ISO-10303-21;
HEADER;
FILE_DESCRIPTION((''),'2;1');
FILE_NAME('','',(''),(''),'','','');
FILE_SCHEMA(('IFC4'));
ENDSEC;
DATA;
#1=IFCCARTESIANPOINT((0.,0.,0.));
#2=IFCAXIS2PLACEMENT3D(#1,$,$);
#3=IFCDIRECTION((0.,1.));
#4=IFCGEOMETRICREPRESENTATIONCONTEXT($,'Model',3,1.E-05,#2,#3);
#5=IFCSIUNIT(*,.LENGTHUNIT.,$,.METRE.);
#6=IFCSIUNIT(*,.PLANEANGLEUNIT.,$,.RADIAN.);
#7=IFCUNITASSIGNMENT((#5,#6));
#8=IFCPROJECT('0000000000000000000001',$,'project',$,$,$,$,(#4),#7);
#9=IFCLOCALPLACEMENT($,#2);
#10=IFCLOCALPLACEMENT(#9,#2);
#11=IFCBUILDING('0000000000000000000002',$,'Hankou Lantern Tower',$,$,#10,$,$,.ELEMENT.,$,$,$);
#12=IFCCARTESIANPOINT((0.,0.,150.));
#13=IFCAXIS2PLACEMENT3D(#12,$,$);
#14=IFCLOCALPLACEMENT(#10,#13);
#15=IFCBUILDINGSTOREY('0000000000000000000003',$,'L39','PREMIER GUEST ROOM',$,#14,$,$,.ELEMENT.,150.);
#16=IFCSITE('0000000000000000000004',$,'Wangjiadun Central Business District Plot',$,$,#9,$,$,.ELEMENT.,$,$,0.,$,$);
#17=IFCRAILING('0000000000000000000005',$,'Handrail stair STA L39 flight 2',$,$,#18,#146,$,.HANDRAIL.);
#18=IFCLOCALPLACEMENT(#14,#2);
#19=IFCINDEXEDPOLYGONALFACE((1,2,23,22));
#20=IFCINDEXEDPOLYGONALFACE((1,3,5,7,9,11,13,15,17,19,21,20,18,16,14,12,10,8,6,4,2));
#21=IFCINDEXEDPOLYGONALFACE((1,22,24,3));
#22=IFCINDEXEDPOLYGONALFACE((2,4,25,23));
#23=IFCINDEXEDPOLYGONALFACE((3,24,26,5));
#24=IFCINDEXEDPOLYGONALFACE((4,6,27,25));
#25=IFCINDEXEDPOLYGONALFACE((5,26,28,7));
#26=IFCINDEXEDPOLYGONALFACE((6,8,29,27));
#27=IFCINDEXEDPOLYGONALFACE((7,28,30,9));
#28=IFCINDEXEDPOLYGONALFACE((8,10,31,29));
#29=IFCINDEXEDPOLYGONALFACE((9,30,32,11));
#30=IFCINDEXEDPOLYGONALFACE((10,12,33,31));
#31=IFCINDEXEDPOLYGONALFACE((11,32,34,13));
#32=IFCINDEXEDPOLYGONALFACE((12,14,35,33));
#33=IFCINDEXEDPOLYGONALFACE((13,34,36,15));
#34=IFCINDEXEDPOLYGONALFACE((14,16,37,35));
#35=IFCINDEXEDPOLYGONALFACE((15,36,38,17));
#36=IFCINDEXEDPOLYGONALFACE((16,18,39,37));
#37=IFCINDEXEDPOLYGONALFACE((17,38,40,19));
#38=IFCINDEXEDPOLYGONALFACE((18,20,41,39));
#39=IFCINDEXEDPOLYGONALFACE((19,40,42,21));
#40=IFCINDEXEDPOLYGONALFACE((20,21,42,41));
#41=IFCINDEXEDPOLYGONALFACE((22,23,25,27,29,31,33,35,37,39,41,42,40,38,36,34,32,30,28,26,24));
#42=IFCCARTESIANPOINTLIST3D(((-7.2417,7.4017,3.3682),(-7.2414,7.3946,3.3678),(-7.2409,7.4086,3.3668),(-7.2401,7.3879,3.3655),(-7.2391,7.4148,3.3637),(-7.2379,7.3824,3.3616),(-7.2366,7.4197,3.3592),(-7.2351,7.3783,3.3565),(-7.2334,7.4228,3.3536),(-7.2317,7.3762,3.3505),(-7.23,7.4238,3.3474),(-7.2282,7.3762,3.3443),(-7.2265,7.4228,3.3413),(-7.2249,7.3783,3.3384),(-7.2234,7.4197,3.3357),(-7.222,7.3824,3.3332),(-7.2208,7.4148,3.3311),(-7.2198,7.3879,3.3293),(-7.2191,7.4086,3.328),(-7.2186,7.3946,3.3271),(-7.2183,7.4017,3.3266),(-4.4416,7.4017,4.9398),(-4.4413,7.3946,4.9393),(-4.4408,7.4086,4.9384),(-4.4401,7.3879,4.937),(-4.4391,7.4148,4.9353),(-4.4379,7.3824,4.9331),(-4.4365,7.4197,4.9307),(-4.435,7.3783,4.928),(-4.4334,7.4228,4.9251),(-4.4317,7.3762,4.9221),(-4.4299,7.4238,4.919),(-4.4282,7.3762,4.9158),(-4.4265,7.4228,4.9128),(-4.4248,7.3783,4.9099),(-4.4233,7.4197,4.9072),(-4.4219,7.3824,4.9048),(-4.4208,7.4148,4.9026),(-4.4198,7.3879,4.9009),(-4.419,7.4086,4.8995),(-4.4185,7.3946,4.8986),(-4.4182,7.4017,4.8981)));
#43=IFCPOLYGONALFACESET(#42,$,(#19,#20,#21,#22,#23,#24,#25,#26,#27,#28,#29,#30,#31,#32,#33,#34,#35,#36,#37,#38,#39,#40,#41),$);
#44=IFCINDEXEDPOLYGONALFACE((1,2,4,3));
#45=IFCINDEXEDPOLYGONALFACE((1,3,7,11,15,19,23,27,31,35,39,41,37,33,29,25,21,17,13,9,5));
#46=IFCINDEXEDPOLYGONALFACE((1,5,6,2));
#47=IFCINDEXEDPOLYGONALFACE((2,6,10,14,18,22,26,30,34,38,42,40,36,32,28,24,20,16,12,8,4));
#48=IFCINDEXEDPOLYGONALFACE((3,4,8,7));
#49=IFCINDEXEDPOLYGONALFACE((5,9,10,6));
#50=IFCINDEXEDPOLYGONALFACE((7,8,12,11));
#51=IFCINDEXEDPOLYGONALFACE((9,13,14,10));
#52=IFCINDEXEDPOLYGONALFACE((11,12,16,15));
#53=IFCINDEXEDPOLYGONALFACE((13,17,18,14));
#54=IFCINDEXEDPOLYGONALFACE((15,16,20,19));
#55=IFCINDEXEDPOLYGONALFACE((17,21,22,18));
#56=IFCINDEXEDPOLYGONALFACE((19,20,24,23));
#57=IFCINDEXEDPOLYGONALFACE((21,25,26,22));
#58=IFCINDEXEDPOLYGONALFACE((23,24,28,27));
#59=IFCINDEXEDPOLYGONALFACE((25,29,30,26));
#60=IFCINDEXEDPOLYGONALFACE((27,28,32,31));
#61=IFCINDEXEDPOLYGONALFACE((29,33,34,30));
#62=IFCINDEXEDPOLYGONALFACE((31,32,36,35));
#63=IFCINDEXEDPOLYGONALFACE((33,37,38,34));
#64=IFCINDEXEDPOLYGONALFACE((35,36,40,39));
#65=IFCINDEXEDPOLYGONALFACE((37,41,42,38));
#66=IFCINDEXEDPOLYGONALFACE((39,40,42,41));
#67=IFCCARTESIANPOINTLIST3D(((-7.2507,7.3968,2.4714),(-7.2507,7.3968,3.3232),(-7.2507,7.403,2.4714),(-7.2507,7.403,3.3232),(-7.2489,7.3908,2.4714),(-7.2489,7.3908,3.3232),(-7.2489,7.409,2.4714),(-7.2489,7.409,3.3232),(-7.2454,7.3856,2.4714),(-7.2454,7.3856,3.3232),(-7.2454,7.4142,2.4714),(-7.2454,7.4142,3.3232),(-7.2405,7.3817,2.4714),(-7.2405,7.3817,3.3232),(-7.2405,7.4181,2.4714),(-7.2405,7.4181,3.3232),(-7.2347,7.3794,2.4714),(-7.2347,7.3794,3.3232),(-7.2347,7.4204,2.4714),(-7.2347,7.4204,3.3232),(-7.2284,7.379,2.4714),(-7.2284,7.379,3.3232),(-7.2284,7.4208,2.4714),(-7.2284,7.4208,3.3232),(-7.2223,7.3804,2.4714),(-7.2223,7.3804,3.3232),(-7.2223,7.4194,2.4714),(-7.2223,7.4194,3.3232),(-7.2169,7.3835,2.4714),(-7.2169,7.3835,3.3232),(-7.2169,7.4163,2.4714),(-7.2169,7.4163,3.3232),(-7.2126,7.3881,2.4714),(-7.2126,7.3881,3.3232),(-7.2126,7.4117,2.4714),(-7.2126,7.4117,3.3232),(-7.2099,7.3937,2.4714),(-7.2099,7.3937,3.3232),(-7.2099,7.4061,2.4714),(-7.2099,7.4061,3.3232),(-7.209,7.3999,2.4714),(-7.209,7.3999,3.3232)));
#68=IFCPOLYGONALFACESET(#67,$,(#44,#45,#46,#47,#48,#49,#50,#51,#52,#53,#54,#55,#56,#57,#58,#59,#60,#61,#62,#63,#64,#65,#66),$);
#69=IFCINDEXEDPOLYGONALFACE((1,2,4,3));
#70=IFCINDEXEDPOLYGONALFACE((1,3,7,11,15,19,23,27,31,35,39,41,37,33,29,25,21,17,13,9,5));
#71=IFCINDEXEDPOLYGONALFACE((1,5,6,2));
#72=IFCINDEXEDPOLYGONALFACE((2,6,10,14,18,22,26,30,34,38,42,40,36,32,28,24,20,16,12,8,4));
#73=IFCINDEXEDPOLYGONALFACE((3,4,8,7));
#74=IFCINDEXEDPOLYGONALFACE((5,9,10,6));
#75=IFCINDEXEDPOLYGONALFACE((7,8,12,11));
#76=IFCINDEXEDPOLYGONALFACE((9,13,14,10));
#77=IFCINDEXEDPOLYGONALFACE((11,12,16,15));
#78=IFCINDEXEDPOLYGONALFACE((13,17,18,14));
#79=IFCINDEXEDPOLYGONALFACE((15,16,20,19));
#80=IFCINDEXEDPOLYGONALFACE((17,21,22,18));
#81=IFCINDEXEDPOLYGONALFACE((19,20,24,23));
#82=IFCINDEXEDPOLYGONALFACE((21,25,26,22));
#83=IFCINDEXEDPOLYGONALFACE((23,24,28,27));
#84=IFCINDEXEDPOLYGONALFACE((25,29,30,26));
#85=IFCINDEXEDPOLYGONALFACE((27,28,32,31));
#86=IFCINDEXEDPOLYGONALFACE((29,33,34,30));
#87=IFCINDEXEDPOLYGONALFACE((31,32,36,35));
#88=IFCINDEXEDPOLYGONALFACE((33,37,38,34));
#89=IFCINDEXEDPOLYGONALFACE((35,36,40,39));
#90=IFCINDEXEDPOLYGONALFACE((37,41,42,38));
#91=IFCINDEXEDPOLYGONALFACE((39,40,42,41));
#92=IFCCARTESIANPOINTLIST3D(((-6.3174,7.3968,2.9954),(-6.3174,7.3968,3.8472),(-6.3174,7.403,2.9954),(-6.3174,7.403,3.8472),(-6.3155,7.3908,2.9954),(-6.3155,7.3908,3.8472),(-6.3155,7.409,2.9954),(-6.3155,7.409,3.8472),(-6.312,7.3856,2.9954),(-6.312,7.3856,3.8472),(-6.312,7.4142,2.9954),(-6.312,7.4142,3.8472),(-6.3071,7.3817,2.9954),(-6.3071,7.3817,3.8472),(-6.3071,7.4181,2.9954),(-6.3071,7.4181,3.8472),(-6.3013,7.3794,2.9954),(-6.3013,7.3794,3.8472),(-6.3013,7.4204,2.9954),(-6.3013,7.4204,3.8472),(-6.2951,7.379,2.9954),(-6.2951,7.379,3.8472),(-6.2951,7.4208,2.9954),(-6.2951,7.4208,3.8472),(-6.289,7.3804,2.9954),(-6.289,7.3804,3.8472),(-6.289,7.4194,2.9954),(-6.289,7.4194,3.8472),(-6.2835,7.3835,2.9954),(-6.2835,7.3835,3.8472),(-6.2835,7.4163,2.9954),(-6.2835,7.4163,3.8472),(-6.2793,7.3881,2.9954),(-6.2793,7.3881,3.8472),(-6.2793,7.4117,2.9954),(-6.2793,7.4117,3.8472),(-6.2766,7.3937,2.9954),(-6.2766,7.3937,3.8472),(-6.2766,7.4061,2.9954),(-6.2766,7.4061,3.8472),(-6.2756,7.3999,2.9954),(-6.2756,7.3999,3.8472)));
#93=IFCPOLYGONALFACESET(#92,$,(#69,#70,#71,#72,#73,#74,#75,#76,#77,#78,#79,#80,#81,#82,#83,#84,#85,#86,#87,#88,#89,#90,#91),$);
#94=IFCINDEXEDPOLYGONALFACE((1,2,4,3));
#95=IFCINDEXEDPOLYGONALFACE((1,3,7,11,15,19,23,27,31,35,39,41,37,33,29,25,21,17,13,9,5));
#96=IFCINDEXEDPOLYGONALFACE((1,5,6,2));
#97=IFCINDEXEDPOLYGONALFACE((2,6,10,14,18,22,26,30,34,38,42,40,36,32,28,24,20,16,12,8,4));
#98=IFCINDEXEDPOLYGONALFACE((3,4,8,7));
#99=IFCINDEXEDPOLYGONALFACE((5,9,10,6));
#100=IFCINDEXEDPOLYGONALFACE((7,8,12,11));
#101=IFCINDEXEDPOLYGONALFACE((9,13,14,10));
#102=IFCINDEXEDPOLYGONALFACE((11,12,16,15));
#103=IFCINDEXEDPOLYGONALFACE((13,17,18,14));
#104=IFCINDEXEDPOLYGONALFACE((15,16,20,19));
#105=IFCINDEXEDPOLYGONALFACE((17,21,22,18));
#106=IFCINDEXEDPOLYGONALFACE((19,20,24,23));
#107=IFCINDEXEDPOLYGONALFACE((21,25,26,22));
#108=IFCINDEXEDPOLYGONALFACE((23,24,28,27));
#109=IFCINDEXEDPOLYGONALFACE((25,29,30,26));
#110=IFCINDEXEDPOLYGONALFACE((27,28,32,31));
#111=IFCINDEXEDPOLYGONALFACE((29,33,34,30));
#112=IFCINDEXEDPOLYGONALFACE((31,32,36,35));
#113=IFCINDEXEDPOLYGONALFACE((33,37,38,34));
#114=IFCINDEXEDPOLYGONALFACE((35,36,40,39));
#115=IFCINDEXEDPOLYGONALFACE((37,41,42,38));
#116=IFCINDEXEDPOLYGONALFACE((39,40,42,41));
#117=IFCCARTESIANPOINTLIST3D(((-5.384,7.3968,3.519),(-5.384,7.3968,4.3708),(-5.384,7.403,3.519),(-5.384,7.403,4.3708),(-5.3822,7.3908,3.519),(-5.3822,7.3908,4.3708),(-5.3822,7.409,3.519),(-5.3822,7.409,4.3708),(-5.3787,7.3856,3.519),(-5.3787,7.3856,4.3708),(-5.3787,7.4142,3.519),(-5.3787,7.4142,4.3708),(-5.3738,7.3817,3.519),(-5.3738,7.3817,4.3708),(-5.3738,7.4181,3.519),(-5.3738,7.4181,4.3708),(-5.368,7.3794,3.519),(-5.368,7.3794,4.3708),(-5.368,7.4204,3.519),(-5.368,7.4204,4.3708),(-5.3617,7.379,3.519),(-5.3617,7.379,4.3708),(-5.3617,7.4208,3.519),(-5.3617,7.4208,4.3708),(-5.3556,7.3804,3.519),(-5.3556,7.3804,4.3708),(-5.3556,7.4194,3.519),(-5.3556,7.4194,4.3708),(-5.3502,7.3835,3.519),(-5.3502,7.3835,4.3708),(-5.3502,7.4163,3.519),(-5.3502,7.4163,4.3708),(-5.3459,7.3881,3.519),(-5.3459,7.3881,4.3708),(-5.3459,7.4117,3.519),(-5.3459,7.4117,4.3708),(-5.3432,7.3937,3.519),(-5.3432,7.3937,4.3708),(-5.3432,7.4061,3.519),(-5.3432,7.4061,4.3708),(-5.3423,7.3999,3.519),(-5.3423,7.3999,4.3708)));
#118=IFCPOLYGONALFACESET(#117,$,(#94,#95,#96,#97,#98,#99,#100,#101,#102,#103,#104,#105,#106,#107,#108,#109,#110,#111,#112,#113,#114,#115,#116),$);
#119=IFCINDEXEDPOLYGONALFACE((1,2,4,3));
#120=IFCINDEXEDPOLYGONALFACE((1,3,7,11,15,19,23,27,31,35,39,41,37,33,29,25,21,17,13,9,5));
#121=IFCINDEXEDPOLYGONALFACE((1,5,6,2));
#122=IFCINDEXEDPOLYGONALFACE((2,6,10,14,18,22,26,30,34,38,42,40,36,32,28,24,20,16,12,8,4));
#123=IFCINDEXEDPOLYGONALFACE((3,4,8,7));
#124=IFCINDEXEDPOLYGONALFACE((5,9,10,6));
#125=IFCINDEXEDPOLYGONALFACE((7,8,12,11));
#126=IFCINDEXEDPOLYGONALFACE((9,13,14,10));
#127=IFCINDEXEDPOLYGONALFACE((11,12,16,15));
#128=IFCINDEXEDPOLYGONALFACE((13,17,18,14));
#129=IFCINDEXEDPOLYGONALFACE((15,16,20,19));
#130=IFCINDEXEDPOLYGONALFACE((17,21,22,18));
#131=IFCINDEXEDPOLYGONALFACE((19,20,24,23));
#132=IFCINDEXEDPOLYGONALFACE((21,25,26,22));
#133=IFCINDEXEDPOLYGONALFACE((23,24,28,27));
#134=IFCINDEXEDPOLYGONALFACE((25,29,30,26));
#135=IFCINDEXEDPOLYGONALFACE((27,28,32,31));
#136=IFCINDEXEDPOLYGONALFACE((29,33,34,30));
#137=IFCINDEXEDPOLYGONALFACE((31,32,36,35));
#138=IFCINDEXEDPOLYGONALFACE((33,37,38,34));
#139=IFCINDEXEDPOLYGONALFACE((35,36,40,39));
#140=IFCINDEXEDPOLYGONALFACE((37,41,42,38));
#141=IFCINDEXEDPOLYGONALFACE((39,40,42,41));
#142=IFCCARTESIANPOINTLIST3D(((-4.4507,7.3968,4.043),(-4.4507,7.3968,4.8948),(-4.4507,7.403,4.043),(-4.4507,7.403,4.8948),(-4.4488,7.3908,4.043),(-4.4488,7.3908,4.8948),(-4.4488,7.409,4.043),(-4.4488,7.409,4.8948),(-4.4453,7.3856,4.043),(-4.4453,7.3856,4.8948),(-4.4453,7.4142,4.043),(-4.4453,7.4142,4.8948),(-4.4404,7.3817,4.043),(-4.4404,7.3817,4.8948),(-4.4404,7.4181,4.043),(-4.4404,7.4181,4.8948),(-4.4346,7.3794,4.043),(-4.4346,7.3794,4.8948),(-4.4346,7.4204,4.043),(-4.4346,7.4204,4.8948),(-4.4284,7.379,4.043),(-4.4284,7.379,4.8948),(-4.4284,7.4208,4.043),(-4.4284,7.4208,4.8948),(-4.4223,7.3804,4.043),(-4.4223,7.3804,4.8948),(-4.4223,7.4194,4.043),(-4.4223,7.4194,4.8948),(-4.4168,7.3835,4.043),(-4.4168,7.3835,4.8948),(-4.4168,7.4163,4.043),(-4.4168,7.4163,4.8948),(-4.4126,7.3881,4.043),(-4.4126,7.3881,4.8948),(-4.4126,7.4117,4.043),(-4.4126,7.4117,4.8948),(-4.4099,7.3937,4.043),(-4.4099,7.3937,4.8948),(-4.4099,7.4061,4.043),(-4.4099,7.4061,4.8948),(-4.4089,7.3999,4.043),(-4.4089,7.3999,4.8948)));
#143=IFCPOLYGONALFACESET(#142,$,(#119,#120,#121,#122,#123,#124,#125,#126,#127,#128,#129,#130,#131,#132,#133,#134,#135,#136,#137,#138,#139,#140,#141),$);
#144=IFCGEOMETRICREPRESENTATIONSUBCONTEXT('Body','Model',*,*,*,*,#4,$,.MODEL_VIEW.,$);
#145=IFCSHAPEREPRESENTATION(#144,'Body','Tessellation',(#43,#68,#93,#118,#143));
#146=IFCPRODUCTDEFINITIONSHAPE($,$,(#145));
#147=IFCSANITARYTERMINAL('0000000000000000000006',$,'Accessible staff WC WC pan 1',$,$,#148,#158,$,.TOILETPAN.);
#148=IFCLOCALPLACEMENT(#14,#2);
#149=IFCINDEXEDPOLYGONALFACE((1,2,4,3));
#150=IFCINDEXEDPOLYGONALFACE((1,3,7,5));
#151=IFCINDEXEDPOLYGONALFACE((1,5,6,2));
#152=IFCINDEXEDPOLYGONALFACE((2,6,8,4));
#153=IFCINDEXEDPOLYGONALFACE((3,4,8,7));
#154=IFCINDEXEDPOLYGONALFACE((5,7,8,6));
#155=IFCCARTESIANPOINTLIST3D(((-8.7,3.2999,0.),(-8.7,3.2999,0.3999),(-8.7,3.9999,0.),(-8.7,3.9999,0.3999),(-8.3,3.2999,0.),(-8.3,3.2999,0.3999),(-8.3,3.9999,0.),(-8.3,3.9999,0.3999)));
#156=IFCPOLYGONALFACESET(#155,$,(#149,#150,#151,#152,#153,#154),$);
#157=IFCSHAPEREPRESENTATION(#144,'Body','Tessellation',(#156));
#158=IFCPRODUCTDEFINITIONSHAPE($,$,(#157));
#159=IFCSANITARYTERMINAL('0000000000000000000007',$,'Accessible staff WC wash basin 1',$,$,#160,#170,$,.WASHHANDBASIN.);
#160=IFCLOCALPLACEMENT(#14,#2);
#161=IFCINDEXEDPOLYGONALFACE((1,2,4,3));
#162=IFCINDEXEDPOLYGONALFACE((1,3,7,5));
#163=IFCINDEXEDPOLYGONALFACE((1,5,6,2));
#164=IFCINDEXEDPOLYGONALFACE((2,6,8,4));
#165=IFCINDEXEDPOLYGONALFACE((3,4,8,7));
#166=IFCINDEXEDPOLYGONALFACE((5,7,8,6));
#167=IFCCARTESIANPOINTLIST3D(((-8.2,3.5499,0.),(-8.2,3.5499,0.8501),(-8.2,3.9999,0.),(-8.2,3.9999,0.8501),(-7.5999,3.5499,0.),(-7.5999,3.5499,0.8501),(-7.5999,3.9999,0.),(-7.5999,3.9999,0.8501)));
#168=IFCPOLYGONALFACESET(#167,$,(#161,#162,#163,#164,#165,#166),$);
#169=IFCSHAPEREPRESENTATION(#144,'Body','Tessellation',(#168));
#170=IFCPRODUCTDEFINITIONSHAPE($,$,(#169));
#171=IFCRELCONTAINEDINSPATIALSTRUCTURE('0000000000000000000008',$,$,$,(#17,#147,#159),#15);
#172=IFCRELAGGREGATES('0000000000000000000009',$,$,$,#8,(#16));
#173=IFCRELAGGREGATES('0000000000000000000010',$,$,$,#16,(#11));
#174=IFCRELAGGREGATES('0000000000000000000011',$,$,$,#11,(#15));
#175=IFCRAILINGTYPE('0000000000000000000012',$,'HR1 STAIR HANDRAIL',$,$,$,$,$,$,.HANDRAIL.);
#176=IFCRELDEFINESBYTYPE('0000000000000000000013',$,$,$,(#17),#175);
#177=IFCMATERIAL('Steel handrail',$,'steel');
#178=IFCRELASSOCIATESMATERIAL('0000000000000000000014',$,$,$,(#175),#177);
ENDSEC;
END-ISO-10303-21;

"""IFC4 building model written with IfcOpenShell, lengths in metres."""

from ifc_helpers import new_model, si_unit, direction, frame, origin, origin_2d, place, context, subcontext, project, spatial, rectangle, circle, extrude, material, type_object, element, save


model = new_model("IFC4")

# Units and contexts
model_context = context("Model", 3, precision=1e-05, world=origin(), true_north=direction((0.0, 1.0)))
body_context = subcontext(model_context, "Body", "Model", "MODEL_VIEW")
ifc_project = project(units=[si_unit("LENGTHUNIT", "METRE"), si_unit("PLANEANGLEUNIT", "RADIAN")], contexts=[model_context])

# Site, building, storey
site_placement = place(None, origin())
site = spatial("IfcSite", under=ifc_project, at=site_placement, Name="Wangjiadun Central Business District Plot", CompositionType="ELEMENT", RefElevation=0.0)
building_placement = place(site_placement, origin())
building = spatial("IfcBuilding", under=site, at=building_placement, Name="Hankou Lantern Tower", CompositionType="ELEMENT")
storey_placement = place(building_placement, frame((0.0, 0.0, 150.0)))
storey = spatial("IfcBuildingStorey", under=building, at=storey_placement, Name="L39", Description="PREMIER GUEST ROOM", CompositionType="ELEMENT", Elevation=150.0)

# Railing
ifc_material_1 = material(Name="Steel handrail", Category="steel")
railing_type = type_object("IfcRailingType", Name="HR1 STAIR HANDRAIL", PredefinedType="HANDRAIL", material=ifc_material_1)
railing_1_placement = place(storey_placement, frame((-7.23, 7.3999, 2.4714)))
element("IfcRailing", 1, at=railing_1_placement, inside=storey, type_object=railing_type, Name="Handrail stair STA L39 flight 2", PredefinedType="HANDRAIL", context=body_context, shape_type="SweptSolid", body=[
    extrude(circle(Radius=0.0239, at=origin_2d()), frame((0.0, 0.0, 0.876), z_axis=(0.87204, 0.0, 0.489434), x_axis=(0.0, 1.0, 0.0)), (0.0, 0.0, 1.0), 3.2109),
    extrude(circle(Radius=0.021, at=origin_2d()), origin(), (0.0, 0.0, 1.0), 0.8518),
    extrude(circle(Radius=0.021, at=origin_2d()), frame((0.9333, 0.0, 0.5239)), (0.0, 0.0, 1.0), 0.8518),
    extrude(circle(Radius=0.021, at=origin_2d()), frame((1.8667, 0.0, 1.0476)), (0.0, 0.0, 1.0), 0.8518),
    extrude(circle(Radius=0.021, at=origin_2d()), frame((2.8, 0.0, 1.5715)), (0.0, 0.0, 1.0), 0.8518),
])

# Sanitary terminals
sanitary_terminal_1_placement = place(storey_placement, frame((-8.5, 3.6499, 0.0), z_axis=(0.0, 0.0, 1.0), x_axis=(1.0, 0.0, 0.0)))
element("IfcSanitaryTerminal", 2, at=sanitary_terminal_1_placement, inside=storey, Name="Accessible staff WC WC pan 1", PredefinedType="TOILETPAN", context=body_context, shape_type="SweptSolid", body=[
    extrude(rectangle(XDim=0.3999, YDim=0.7, at=origin_2d()), origin(), (0.0, 0.0, 1.0), 0.3999),
])
sanitary_terminal_2_placement = place(storey_placement, frame((-7.8999, 3.7749, 0.0), z_axis=(0.0, 0.0, 1.0), x_axis=(1.0, 0.0, 0.0)))
element("IfcSanitaryTerminal", 3, at=sanitary_terminal_2_placement, inside=storey, Name="Accessible staff WC wash basin 1", PredefinedType="WASHHANDBASIN", context=body_context, shape_type="SweptSolid", body=[
    extrude(rectangle(XDim=0.6001, YDim=0.45, at=origin_2d()), origin(), (0.0, 0.0, 1.0), 0.8501),
])

save(model, "model.ifc")
